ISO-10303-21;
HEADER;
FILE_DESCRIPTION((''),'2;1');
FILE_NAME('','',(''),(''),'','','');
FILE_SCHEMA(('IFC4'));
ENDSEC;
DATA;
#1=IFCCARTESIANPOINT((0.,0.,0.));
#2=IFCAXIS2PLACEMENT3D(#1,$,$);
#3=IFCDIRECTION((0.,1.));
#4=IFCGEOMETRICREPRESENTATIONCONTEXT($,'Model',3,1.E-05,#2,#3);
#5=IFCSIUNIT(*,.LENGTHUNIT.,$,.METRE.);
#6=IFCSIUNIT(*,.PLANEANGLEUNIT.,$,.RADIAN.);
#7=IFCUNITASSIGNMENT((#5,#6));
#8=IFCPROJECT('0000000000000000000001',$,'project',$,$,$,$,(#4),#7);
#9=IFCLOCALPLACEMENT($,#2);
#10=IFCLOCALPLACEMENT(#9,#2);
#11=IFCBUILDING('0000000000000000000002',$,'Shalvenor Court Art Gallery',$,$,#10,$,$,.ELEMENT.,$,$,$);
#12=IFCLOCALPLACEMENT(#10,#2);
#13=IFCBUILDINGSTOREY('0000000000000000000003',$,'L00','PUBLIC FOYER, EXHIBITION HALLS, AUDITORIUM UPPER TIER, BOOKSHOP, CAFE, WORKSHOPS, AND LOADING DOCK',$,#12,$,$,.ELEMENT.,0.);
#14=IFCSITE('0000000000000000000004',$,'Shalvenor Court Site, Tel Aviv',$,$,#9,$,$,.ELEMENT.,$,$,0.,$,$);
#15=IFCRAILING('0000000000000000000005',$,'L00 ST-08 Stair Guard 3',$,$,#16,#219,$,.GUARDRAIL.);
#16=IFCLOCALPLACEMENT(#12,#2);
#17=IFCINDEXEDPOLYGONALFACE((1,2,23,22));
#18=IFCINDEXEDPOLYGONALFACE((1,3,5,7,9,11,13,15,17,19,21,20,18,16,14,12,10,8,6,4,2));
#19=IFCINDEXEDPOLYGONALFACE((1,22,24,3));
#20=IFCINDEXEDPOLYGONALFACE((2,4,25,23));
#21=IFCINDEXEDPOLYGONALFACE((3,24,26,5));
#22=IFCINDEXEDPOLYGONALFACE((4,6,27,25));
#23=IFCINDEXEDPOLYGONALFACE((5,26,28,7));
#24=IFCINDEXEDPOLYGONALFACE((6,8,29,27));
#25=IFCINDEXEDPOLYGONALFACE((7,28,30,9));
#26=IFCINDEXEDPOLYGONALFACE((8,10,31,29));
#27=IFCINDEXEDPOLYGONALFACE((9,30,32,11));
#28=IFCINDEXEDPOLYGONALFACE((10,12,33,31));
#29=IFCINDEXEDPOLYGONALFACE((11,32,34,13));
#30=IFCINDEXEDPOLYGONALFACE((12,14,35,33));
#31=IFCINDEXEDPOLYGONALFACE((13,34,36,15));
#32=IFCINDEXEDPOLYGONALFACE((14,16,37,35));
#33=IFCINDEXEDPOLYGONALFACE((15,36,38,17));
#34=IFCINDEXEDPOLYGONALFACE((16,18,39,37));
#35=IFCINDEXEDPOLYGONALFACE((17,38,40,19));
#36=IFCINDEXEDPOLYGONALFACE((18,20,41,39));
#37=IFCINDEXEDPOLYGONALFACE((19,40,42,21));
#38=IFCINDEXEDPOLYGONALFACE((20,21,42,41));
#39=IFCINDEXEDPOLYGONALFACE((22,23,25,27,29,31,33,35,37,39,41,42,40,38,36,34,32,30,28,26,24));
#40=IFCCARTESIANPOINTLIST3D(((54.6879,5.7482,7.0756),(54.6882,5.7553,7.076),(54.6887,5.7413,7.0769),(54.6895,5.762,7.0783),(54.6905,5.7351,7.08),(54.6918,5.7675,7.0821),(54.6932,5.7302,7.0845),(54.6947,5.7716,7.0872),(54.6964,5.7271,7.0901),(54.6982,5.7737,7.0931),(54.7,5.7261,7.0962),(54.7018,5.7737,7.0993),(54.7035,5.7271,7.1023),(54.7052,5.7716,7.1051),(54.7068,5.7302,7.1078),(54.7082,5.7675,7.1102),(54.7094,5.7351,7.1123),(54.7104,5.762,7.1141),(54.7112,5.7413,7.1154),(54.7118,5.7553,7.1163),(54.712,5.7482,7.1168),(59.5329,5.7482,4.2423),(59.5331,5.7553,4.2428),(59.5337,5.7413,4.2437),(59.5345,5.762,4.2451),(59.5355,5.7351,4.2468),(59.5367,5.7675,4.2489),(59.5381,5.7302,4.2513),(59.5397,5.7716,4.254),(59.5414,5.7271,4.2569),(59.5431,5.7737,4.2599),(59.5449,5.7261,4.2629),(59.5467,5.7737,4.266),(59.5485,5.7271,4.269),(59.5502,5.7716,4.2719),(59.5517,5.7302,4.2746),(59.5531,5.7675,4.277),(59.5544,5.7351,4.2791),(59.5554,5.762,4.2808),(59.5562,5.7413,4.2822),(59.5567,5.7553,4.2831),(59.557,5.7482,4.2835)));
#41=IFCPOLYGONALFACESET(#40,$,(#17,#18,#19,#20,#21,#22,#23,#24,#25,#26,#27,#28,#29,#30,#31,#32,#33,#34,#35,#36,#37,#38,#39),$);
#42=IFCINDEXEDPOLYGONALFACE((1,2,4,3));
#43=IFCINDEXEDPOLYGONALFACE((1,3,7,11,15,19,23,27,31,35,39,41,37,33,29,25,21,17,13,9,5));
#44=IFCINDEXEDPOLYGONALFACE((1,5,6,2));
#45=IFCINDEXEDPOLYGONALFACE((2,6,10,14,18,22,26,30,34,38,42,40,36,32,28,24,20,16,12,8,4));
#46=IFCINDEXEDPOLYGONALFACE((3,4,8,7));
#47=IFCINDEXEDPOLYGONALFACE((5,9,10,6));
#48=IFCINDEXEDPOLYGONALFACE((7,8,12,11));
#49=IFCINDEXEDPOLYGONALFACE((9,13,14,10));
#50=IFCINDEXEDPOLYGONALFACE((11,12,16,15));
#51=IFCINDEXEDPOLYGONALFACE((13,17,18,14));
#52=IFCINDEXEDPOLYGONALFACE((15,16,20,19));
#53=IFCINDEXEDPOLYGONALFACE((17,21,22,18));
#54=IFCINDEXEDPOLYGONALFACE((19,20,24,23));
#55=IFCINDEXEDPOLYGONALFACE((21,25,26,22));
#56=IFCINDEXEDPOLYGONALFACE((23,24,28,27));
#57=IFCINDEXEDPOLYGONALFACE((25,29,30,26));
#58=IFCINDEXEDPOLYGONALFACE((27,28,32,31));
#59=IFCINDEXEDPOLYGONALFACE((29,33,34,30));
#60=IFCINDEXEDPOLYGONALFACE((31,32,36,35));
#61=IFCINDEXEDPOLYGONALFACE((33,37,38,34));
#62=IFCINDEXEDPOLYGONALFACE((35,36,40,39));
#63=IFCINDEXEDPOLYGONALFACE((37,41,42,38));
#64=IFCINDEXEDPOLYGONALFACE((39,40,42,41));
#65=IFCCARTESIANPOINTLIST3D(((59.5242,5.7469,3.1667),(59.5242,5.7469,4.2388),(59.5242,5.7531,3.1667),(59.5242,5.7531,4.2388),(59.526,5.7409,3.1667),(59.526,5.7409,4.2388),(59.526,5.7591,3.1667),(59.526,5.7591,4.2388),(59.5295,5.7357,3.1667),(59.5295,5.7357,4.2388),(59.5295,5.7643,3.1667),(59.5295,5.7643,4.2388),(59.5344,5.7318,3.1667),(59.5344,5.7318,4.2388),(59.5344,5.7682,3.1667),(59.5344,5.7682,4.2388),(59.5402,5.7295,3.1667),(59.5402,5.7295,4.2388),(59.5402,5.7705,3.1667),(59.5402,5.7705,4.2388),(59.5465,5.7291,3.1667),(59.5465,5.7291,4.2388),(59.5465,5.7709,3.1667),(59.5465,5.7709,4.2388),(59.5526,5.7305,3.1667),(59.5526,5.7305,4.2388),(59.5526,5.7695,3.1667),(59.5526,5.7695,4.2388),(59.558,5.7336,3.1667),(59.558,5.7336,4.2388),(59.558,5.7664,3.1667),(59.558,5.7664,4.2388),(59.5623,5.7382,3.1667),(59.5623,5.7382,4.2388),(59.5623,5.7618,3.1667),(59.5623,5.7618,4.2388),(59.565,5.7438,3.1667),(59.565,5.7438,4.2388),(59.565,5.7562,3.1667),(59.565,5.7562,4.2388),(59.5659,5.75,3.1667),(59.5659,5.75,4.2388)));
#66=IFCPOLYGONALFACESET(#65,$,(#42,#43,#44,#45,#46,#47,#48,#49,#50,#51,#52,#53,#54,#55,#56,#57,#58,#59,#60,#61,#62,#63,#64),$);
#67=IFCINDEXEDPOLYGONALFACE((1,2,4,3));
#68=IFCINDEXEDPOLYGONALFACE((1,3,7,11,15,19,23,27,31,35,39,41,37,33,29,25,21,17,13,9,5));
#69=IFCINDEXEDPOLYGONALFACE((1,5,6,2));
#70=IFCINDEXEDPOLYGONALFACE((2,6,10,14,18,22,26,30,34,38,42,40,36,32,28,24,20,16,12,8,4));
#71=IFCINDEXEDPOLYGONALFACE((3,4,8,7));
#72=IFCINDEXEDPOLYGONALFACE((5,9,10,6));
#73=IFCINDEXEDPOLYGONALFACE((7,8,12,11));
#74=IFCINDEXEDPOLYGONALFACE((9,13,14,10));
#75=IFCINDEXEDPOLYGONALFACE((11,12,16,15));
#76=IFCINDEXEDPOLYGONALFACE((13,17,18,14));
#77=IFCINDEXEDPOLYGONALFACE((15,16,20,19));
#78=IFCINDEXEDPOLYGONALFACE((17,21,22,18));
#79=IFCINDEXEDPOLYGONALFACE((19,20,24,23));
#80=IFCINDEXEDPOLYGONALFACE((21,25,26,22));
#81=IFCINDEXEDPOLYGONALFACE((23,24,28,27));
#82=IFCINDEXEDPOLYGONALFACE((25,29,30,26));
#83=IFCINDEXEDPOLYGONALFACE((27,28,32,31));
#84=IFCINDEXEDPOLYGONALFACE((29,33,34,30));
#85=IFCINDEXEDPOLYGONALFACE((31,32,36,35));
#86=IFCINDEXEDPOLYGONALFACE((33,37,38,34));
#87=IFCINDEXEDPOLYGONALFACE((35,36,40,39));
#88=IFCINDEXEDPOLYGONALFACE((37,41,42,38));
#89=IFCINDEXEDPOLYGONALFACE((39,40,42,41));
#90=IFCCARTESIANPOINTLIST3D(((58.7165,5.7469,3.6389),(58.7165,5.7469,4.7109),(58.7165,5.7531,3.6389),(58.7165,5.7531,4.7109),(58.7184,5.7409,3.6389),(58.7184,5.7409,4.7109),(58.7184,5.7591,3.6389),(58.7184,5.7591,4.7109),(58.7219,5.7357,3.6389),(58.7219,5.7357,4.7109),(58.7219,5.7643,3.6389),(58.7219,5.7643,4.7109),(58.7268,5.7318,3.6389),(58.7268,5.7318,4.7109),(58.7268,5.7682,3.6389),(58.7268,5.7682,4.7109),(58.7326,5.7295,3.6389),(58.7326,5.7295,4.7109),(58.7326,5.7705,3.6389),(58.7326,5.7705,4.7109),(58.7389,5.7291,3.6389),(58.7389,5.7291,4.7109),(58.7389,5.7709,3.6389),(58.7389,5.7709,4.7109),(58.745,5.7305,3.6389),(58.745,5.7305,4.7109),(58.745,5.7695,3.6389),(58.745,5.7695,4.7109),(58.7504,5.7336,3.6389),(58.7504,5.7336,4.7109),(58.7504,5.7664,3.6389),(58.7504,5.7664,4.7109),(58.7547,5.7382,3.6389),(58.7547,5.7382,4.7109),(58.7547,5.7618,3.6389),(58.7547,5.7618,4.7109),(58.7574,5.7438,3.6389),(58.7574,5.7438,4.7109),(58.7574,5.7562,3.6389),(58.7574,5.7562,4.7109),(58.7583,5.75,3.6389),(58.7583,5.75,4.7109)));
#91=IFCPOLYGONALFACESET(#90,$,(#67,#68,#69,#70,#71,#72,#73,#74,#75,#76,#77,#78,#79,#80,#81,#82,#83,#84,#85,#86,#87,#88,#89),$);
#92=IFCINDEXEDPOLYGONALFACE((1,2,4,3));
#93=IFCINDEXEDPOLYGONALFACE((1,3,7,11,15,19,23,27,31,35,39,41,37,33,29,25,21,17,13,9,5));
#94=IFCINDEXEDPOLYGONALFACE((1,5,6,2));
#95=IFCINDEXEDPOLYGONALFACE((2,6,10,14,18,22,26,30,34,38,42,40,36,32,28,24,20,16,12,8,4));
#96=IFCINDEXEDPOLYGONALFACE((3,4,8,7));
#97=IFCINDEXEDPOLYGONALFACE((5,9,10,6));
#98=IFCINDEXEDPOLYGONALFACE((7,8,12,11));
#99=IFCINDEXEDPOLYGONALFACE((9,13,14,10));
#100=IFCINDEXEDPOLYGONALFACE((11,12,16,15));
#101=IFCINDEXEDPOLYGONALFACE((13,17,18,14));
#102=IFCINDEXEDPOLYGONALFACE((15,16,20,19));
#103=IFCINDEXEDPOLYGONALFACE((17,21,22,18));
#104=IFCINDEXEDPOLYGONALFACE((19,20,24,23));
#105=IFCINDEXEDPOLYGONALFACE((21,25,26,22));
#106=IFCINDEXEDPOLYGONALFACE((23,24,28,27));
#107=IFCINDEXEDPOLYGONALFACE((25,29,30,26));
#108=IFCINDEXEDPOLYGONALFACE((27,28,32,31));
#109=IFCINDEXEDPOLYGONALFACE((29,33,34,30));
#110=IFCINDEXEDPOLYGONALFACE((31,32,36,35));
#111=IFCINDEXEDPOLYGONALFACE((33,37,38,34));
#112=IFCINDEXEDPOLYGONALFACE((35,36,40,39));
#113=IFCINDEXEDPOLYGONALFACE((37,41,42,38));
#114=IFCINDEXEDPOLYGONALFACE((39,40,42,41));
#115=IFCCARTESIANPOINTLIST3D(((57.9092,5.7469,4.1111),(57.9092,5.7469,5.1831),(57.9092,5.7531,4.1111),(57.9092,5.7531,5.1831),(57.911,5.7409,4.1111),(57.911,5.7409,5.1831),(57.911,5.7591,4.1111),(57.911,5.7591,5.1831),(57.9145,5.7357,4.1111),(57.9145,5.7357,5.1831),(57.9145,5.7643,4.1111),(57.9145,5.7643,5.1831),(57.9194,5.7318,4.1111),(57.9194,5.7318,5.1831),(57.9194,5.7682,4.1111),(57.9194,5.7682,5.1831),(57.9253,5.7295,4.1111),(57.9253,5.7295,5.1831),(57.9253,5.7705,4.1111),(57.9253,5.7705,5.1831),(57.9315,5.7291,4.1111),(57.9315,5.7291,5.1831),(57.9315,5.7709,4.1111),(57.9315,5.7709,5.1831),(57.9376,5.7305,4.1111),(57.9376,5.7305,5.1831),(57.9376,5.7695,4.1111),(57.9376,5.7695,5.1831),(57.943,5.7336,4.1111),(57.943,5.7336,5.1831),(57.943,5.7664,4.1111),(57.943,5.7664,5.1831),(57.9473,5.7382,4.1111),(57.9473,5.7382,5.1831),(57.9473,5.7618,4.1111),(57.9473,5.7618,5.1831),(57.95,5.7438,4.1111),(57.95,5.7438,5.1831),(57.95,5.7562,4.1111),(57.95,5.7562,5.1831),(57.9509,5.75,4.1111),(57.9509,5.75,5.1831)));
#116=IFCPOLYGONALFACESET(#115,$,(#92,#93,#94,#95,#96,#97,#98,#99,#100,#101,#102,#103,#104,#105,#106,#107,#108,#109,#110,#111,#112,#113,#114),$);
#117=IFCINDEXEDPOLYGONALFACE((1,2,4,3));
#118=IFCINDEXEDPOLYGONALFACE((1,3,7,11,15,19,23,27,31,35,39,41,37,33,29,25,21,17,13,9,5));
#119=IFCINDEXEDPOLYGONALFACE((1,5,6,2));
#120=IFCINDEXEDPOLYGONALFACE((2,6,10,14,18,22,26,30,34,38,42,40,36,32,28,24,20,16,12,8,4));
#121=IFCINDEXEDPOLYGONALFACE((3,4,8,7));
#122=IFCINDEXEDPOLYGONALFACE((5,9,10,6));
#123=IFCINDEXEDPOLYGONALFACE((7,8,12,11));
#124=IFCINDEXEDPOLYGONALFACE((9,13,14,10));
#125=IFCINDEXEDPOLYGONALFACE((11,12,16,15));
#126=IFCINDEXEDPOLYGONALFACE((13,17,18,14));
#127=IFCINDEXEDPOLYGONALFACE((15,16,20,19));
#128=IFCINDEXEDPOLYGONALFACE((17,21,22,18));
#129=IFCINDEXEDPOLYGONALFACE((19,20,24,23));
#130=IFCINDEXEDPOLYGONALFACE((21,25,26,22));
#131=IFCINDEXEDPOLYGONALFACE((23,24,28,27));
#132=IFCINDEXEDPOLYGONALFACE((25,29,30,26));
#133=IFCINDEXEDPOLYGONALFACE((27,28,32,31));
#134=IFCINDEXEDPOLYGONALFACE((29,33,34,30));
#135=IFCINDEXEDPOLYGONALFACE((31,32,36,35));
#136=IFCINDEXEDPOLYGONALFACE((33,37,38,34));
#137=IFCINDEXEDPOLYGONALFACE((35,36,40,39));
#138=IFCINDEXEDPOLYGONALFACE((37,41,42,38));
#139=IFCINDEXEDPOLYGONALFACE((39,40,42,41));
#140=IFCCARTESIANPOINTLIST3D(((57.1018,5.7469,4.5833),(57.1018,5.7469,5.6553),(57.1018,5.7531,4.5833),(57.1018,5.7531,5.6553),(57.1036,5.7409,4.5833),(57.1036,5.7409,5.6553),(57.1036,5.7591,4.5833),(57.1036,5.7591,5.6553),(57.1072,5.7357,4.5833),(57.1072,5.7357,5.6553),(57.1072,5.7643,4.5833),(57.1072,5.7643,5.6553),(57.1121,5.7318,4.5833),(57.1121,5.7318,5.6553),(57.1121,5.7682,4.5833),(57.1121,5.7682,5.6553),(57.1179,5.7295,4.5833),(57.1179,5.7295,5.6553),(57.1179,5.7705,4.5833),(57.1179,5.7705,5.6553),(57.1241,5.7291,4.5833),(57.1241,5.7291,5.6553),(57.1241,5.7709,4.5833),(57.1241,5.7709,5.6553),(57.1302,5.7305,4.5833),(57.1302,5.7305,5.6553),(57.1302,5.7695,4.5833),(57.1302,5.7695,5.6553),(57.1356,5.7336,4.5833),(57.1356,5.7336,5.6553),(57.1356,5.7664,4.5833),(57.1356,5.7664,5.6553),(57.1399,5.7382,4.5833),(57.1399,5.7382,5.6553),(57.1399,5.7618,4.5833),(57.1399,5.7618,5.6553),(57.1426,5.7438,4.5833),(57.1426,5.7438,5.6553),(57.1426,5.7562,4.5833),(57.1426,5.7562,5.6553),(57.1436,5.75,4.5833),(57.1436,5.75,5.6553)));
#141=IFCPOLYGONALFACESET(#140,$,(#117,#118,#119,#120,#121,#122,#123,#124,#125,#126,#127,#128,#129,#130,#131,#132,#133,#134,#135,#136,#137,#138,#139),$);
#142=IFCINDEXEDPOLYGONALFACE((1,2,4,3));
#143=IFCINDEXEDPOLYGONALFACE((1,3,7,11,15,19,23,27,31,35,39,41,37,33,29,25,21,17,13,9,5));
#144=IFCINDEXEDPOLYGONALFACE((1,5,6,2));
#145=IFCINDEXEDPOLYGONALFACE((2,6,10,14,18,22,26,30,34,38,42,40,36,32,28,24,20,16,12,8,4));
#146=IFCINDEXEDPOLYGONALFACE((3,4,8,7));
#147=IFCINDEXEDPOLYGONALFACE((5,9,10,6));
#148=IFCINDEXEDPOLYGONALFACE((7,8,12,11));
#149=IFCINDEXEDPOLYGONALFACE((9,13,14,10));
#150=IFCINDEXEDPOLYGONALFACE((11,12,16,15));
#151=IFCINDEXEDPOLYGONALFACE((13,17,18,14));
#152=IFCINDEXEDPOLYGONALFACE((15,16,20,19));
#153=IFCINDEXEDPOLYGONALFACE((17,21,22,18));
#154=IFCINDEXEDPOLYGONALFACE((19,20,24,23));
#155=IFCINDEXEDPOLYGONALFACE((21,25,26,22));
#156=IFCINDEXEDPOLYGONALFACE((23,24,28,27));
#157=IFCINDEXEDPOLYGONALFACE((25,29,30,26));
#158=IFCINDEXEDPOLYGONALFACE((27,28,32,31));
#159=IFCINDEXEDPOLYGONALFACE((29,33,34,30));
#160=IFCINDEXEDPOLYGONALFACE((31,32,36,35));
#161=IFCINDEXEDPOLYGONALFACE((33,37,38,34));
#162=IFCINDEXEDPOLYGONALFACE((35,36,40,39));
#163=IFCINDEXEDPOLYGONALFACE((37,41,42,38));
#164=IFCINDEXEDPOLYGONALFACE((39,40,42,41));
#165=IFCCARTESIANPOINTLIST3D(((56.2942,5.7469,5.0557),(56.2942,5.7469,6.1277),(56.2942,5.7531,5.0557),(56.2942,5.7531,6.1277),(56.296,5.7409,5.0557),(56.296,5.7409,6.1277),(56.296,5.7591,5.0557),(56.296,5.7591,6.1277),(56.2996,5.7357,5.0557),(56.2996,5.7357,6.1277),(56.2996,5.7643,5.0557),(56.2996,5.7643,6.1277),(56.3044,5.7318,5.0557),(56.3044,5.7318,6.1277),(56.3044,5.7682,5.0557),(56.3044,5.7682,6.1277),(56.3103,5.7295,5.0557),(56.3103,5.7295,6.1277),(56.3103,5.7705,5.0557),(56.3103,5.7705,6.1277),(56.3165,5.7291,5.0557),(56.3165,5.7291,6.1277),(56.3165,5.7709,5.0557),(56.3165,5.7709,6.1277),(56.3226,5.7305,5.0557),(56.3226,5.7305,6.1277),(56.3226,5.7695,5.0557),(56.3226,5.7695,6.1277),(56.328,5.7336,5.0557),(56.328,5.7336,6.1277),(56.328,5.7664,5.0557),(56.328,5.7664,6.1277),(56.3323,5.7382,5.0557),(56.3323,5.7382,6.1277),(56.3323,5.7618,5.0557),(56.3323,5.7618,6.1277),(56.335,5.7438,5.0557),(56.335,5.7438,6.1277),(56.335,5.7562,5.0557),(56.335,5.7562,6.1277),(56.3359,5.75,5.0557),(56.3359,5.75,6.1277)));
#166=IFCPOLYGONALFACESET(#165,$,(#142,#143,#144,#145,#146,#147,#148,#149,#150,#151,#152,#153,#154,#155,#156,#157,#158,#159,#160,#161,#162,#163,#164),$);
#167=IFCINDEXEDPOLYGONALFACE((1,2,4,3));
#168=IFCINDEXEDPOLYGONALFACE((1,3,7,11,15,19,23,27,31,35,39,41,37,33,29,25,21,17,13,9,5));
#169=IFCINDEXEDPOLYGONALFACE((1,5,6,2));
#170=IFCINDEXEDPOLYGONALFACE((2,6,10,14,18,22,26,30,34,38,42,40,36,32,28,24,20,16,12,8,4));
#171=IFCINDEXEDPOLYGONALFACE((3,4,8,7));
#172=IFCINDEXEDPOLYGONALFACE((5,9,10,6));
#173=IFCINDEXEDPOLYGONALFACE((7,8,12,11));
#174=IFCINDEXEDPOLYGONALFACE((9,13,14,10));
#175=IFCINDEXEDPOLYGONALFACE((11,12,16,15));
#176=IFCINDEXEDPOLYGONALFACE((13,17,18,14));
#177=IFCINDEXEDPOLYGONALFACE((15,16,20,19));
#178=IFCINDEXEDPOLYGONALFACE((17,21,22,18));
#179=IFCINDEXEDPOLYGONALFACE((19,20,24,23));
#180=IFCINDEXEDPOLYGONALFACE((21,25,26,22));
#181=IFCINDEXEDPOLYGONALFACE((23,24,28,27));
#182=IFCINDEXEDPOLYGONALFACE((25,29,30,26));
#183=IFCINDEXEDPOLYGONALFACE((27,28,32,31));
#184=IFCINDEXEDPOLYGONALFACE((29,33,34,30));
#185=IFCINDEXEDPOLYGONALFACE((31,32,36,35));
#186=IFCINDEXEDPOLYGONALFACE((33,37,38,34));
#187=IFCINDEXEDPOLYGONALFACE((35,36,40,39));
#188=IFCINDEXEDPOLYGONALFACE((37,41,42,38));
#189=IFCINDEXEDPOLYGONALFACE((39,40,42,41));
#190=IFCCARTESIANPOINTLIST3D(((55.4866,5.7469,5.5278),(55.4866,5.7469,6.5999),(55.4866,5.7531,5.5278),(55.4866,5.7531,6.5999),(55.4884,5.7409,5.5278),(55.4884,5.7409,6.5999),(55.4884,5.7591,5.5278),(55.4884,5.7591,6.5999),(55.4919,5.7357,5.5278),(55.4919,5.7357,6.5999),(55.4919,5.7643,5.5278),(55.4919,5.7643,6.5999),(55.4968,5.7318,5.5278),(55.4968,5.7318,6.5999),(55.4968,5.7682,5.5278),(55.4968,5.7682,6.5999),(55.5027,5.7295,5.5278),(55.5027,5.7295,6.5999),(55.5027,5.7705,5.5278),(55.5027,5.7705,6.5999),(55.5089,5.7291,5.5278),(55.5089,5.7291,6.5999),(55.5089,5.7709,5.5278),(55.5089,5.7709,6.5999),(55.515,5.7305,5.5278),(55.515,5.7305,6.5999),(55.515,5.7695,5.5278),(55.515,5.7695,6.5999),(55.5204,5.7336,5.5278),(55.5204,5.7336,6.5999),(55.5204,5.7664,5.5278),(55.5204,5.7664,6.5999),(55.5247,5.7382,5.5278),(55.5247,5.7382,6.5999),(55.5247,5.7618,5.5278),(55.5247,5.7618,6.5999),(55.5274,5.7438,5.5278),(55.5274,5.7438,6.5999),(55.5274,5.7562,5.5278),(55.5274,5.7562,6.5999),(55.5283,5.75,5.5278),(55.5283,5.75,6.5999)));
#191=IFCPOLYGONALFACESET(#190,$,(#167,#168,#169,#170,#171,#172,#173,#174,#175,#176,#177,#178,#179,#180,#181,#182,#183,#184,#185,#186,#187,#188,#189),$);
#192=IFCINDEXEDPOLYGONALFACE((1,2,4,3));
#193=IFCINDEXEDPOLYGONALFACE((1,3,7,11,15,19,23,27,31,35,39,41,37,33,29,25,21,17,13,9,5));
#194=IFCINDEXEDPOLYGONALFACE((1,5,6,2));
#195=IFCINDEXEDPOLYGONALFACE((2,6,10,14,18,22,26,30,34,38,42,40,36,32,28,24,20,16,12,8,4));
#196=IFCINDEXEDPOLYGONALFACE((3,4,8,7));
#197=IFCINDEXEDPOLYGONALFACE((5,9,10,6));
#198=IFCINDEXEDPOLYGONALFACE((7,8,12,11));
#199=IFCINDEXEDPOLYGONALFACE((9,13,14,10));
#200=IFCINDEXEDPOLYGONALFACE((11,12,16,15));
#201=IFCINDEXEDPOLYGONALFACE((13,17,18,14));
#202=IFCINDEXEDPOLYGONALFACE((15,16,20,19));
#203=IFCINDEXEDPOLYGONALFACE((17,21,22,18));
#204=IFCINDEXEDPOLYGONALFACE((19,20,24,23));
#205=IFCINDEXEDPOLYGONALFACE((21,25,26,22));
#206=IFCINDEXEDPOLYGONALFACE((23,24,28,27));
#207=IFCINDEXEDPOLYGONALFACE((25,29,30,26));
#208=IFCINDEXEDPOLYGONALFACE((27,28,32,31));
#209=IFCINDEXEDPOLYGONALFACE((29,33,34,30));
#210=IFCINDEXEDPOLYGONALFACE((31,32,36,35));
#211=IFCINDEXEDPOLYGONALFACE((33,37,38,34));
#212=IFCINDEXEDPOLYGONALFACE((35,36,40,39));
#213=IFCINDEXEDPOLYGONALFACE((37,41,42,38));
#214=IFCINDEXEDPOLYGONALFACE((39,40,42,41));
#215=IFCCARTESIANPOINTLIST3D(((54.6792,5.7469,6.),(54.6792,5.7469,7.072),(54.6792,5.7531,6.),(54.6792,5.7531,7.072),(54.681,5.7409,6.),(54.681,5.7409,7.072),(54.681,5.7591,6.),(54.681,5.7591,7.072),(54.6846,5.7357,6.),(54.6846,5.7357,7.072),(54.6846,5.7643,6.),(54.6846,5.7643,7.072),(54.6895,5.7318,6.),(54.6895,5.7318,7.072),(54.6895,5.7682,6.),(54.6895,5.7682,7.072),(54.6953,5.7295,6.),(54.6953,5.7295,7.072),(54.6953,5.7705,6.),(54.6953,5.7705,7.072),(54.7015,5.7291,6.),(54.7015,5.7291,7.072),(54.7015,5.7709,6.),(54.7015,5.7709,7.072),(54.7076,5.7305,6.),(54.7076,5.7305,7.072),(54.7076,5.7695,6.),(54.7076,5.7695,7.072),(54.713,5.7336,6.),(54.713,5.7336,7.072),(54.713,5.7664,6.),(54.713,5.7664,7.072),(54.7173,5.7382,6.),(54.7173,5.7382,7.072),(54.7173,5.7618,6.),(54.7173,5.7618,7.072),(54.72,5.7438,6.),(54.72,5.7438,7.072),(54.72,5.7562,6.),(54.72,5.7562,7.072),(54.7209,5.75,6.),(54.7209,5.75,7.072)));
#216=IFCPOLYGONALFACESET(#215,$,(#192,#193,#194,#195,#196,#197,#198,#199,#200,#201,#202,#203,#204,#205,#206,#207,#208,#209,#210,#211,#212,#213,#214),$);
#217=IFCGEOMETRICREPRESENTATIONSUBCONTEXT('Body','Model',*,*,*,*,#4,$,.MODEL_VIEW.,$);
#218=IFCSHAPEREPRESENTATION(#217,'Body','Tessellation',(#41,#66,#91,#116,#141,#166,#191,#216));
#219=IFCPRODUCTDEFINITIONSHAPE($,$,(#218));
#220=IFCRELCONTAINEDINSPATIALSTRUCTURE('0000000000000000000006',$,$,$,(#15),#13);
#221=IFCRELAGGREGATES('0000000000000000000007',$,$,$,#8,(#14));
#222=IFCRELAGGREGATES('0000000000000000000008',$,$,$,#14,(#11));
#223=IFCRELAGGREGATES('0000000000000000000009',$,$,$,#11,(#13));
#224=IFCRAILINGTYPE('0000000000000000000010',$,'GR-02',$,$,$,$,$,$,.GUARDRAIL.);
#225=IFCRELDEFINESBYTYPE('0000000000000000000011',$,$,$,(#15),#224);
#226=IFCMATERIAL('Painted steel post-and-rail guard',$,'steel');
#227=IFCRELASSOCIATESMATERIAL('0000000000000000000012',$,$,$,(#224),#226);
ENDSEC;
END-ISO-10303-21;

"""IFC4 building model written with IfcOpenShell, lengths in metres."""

from ifc_helpers import new_model, si_unit, direction, frame, origin, origin_2d, place, context, subcontext, project, spatial, circle, extrude, material, type_object, element, save


model = new_model("IFC4")

# Units and contexts
model_context = context("Model", 3, precision=1e-05, world=origin(), true_north=direction((0.0, 1.0)))
body_context = subcontext(model_context, "Body", "Model", "MODEL_VIEW")
ifc_project = project(units=[si_unit("LENGTHUNIT", "METRE"), si_unit("PLANEANGLEUNIT", "RADIAN")], contexts=[model_context])

# Site, building, storey
site_placement = place(None, origin())
site = spatial("IfcSite", under=ifc_project, at=site_placement, Name="Shalvenor Court Site, Tel Aviv", CompositionType="ELEMENT", RefElevation=0.0)
building_placement = place(site_placement, origin())
building = spatial("IfcBuilding", under=site, at=building_placement, Name="Shalvenor Court Art Gallery", CompositionType="ELEMENT")
storey_placement = place(building_placement, origin())
storey = spatial("IfcBuildingStorey", under=building, at=storey_placement, Name="L00", Description="PUBLIC FOYER, EXHIBITION HALLS, AUDITORIUM UPPER TIER, BOOKSHOP, CAFE, WORKSHOPS, AND LOADING DOCK", CompositionType="ELEMENT", Elevation=0.0)

# Railing
ifc_material_1 = material(Name="Painted steel post-and-rail guard", Category="steel")
railing_type_1 = type_object("IfcRailingType", Name="GR-02", PredefinedType="GUARDRAIL", material=ifc_material_1)
railing_1_placement = place(storey_placement, frame((59.5449, 5.75, 3.1667)))
element("IfcRailing", 1, at=railing_1_placement, inside=storey, type_object=railing_type_1, Name="L00 ST-08 Stair Guard 3", PredefinedType="GUARDRAIL", context=body_context, shape_type="SweptSolid", body=[
    extrude(circle(Radius=0.0239, at=origin_2d()), frame((0.0, 0.0, 1.0962), z_axis=(-0.863234, 0.0, 0.504804), x_axis=(0.0, -1.0, 0.0)), (0.0, 0.0, 1.0), 5.6125),
    extrude(circle(Radius=0.021, at=origin_2d()), origin(), (0.0, 0.0, 1.0), 1.072),
    extrude(circle(Radius=0.021, at=origin_2d()), frame((-0.8076, 0.0, 0.4722)), (0.0, 0.0, 1.0), 1.072),
    extrude(circle(Radius=0.021, at=origin_2d()), frame((-1.615, 0.0, 0.9443)), (0.0, 0.0, 1.0), 1.072),
    extrude(circle(Radius=0.021, at=origin_2d()), frame((-2.4224, 0.0, 1.4165)), (0.0, 0.0, 1.0), 1.072),
    extrude(circle(Radius=0.021, at=origin_2d()), frame((-3.23, 0.0, 1.8889)), (0.0, 0.0, 1.0), 1.072),
    extrude(circle(Radius=0.021, at=origin_2d()), frame((-4.0376, 0.0, 2.3611)), (0.0, 0.0, 1.0), 1.072),
    extrude(circle(Radius=0.021, at=origin_2d()), frame((-4.845, 0.0, 2.8333)), (0.0, 0.0, 1.0), 1.072),
])

save(model, "model.ifc")
